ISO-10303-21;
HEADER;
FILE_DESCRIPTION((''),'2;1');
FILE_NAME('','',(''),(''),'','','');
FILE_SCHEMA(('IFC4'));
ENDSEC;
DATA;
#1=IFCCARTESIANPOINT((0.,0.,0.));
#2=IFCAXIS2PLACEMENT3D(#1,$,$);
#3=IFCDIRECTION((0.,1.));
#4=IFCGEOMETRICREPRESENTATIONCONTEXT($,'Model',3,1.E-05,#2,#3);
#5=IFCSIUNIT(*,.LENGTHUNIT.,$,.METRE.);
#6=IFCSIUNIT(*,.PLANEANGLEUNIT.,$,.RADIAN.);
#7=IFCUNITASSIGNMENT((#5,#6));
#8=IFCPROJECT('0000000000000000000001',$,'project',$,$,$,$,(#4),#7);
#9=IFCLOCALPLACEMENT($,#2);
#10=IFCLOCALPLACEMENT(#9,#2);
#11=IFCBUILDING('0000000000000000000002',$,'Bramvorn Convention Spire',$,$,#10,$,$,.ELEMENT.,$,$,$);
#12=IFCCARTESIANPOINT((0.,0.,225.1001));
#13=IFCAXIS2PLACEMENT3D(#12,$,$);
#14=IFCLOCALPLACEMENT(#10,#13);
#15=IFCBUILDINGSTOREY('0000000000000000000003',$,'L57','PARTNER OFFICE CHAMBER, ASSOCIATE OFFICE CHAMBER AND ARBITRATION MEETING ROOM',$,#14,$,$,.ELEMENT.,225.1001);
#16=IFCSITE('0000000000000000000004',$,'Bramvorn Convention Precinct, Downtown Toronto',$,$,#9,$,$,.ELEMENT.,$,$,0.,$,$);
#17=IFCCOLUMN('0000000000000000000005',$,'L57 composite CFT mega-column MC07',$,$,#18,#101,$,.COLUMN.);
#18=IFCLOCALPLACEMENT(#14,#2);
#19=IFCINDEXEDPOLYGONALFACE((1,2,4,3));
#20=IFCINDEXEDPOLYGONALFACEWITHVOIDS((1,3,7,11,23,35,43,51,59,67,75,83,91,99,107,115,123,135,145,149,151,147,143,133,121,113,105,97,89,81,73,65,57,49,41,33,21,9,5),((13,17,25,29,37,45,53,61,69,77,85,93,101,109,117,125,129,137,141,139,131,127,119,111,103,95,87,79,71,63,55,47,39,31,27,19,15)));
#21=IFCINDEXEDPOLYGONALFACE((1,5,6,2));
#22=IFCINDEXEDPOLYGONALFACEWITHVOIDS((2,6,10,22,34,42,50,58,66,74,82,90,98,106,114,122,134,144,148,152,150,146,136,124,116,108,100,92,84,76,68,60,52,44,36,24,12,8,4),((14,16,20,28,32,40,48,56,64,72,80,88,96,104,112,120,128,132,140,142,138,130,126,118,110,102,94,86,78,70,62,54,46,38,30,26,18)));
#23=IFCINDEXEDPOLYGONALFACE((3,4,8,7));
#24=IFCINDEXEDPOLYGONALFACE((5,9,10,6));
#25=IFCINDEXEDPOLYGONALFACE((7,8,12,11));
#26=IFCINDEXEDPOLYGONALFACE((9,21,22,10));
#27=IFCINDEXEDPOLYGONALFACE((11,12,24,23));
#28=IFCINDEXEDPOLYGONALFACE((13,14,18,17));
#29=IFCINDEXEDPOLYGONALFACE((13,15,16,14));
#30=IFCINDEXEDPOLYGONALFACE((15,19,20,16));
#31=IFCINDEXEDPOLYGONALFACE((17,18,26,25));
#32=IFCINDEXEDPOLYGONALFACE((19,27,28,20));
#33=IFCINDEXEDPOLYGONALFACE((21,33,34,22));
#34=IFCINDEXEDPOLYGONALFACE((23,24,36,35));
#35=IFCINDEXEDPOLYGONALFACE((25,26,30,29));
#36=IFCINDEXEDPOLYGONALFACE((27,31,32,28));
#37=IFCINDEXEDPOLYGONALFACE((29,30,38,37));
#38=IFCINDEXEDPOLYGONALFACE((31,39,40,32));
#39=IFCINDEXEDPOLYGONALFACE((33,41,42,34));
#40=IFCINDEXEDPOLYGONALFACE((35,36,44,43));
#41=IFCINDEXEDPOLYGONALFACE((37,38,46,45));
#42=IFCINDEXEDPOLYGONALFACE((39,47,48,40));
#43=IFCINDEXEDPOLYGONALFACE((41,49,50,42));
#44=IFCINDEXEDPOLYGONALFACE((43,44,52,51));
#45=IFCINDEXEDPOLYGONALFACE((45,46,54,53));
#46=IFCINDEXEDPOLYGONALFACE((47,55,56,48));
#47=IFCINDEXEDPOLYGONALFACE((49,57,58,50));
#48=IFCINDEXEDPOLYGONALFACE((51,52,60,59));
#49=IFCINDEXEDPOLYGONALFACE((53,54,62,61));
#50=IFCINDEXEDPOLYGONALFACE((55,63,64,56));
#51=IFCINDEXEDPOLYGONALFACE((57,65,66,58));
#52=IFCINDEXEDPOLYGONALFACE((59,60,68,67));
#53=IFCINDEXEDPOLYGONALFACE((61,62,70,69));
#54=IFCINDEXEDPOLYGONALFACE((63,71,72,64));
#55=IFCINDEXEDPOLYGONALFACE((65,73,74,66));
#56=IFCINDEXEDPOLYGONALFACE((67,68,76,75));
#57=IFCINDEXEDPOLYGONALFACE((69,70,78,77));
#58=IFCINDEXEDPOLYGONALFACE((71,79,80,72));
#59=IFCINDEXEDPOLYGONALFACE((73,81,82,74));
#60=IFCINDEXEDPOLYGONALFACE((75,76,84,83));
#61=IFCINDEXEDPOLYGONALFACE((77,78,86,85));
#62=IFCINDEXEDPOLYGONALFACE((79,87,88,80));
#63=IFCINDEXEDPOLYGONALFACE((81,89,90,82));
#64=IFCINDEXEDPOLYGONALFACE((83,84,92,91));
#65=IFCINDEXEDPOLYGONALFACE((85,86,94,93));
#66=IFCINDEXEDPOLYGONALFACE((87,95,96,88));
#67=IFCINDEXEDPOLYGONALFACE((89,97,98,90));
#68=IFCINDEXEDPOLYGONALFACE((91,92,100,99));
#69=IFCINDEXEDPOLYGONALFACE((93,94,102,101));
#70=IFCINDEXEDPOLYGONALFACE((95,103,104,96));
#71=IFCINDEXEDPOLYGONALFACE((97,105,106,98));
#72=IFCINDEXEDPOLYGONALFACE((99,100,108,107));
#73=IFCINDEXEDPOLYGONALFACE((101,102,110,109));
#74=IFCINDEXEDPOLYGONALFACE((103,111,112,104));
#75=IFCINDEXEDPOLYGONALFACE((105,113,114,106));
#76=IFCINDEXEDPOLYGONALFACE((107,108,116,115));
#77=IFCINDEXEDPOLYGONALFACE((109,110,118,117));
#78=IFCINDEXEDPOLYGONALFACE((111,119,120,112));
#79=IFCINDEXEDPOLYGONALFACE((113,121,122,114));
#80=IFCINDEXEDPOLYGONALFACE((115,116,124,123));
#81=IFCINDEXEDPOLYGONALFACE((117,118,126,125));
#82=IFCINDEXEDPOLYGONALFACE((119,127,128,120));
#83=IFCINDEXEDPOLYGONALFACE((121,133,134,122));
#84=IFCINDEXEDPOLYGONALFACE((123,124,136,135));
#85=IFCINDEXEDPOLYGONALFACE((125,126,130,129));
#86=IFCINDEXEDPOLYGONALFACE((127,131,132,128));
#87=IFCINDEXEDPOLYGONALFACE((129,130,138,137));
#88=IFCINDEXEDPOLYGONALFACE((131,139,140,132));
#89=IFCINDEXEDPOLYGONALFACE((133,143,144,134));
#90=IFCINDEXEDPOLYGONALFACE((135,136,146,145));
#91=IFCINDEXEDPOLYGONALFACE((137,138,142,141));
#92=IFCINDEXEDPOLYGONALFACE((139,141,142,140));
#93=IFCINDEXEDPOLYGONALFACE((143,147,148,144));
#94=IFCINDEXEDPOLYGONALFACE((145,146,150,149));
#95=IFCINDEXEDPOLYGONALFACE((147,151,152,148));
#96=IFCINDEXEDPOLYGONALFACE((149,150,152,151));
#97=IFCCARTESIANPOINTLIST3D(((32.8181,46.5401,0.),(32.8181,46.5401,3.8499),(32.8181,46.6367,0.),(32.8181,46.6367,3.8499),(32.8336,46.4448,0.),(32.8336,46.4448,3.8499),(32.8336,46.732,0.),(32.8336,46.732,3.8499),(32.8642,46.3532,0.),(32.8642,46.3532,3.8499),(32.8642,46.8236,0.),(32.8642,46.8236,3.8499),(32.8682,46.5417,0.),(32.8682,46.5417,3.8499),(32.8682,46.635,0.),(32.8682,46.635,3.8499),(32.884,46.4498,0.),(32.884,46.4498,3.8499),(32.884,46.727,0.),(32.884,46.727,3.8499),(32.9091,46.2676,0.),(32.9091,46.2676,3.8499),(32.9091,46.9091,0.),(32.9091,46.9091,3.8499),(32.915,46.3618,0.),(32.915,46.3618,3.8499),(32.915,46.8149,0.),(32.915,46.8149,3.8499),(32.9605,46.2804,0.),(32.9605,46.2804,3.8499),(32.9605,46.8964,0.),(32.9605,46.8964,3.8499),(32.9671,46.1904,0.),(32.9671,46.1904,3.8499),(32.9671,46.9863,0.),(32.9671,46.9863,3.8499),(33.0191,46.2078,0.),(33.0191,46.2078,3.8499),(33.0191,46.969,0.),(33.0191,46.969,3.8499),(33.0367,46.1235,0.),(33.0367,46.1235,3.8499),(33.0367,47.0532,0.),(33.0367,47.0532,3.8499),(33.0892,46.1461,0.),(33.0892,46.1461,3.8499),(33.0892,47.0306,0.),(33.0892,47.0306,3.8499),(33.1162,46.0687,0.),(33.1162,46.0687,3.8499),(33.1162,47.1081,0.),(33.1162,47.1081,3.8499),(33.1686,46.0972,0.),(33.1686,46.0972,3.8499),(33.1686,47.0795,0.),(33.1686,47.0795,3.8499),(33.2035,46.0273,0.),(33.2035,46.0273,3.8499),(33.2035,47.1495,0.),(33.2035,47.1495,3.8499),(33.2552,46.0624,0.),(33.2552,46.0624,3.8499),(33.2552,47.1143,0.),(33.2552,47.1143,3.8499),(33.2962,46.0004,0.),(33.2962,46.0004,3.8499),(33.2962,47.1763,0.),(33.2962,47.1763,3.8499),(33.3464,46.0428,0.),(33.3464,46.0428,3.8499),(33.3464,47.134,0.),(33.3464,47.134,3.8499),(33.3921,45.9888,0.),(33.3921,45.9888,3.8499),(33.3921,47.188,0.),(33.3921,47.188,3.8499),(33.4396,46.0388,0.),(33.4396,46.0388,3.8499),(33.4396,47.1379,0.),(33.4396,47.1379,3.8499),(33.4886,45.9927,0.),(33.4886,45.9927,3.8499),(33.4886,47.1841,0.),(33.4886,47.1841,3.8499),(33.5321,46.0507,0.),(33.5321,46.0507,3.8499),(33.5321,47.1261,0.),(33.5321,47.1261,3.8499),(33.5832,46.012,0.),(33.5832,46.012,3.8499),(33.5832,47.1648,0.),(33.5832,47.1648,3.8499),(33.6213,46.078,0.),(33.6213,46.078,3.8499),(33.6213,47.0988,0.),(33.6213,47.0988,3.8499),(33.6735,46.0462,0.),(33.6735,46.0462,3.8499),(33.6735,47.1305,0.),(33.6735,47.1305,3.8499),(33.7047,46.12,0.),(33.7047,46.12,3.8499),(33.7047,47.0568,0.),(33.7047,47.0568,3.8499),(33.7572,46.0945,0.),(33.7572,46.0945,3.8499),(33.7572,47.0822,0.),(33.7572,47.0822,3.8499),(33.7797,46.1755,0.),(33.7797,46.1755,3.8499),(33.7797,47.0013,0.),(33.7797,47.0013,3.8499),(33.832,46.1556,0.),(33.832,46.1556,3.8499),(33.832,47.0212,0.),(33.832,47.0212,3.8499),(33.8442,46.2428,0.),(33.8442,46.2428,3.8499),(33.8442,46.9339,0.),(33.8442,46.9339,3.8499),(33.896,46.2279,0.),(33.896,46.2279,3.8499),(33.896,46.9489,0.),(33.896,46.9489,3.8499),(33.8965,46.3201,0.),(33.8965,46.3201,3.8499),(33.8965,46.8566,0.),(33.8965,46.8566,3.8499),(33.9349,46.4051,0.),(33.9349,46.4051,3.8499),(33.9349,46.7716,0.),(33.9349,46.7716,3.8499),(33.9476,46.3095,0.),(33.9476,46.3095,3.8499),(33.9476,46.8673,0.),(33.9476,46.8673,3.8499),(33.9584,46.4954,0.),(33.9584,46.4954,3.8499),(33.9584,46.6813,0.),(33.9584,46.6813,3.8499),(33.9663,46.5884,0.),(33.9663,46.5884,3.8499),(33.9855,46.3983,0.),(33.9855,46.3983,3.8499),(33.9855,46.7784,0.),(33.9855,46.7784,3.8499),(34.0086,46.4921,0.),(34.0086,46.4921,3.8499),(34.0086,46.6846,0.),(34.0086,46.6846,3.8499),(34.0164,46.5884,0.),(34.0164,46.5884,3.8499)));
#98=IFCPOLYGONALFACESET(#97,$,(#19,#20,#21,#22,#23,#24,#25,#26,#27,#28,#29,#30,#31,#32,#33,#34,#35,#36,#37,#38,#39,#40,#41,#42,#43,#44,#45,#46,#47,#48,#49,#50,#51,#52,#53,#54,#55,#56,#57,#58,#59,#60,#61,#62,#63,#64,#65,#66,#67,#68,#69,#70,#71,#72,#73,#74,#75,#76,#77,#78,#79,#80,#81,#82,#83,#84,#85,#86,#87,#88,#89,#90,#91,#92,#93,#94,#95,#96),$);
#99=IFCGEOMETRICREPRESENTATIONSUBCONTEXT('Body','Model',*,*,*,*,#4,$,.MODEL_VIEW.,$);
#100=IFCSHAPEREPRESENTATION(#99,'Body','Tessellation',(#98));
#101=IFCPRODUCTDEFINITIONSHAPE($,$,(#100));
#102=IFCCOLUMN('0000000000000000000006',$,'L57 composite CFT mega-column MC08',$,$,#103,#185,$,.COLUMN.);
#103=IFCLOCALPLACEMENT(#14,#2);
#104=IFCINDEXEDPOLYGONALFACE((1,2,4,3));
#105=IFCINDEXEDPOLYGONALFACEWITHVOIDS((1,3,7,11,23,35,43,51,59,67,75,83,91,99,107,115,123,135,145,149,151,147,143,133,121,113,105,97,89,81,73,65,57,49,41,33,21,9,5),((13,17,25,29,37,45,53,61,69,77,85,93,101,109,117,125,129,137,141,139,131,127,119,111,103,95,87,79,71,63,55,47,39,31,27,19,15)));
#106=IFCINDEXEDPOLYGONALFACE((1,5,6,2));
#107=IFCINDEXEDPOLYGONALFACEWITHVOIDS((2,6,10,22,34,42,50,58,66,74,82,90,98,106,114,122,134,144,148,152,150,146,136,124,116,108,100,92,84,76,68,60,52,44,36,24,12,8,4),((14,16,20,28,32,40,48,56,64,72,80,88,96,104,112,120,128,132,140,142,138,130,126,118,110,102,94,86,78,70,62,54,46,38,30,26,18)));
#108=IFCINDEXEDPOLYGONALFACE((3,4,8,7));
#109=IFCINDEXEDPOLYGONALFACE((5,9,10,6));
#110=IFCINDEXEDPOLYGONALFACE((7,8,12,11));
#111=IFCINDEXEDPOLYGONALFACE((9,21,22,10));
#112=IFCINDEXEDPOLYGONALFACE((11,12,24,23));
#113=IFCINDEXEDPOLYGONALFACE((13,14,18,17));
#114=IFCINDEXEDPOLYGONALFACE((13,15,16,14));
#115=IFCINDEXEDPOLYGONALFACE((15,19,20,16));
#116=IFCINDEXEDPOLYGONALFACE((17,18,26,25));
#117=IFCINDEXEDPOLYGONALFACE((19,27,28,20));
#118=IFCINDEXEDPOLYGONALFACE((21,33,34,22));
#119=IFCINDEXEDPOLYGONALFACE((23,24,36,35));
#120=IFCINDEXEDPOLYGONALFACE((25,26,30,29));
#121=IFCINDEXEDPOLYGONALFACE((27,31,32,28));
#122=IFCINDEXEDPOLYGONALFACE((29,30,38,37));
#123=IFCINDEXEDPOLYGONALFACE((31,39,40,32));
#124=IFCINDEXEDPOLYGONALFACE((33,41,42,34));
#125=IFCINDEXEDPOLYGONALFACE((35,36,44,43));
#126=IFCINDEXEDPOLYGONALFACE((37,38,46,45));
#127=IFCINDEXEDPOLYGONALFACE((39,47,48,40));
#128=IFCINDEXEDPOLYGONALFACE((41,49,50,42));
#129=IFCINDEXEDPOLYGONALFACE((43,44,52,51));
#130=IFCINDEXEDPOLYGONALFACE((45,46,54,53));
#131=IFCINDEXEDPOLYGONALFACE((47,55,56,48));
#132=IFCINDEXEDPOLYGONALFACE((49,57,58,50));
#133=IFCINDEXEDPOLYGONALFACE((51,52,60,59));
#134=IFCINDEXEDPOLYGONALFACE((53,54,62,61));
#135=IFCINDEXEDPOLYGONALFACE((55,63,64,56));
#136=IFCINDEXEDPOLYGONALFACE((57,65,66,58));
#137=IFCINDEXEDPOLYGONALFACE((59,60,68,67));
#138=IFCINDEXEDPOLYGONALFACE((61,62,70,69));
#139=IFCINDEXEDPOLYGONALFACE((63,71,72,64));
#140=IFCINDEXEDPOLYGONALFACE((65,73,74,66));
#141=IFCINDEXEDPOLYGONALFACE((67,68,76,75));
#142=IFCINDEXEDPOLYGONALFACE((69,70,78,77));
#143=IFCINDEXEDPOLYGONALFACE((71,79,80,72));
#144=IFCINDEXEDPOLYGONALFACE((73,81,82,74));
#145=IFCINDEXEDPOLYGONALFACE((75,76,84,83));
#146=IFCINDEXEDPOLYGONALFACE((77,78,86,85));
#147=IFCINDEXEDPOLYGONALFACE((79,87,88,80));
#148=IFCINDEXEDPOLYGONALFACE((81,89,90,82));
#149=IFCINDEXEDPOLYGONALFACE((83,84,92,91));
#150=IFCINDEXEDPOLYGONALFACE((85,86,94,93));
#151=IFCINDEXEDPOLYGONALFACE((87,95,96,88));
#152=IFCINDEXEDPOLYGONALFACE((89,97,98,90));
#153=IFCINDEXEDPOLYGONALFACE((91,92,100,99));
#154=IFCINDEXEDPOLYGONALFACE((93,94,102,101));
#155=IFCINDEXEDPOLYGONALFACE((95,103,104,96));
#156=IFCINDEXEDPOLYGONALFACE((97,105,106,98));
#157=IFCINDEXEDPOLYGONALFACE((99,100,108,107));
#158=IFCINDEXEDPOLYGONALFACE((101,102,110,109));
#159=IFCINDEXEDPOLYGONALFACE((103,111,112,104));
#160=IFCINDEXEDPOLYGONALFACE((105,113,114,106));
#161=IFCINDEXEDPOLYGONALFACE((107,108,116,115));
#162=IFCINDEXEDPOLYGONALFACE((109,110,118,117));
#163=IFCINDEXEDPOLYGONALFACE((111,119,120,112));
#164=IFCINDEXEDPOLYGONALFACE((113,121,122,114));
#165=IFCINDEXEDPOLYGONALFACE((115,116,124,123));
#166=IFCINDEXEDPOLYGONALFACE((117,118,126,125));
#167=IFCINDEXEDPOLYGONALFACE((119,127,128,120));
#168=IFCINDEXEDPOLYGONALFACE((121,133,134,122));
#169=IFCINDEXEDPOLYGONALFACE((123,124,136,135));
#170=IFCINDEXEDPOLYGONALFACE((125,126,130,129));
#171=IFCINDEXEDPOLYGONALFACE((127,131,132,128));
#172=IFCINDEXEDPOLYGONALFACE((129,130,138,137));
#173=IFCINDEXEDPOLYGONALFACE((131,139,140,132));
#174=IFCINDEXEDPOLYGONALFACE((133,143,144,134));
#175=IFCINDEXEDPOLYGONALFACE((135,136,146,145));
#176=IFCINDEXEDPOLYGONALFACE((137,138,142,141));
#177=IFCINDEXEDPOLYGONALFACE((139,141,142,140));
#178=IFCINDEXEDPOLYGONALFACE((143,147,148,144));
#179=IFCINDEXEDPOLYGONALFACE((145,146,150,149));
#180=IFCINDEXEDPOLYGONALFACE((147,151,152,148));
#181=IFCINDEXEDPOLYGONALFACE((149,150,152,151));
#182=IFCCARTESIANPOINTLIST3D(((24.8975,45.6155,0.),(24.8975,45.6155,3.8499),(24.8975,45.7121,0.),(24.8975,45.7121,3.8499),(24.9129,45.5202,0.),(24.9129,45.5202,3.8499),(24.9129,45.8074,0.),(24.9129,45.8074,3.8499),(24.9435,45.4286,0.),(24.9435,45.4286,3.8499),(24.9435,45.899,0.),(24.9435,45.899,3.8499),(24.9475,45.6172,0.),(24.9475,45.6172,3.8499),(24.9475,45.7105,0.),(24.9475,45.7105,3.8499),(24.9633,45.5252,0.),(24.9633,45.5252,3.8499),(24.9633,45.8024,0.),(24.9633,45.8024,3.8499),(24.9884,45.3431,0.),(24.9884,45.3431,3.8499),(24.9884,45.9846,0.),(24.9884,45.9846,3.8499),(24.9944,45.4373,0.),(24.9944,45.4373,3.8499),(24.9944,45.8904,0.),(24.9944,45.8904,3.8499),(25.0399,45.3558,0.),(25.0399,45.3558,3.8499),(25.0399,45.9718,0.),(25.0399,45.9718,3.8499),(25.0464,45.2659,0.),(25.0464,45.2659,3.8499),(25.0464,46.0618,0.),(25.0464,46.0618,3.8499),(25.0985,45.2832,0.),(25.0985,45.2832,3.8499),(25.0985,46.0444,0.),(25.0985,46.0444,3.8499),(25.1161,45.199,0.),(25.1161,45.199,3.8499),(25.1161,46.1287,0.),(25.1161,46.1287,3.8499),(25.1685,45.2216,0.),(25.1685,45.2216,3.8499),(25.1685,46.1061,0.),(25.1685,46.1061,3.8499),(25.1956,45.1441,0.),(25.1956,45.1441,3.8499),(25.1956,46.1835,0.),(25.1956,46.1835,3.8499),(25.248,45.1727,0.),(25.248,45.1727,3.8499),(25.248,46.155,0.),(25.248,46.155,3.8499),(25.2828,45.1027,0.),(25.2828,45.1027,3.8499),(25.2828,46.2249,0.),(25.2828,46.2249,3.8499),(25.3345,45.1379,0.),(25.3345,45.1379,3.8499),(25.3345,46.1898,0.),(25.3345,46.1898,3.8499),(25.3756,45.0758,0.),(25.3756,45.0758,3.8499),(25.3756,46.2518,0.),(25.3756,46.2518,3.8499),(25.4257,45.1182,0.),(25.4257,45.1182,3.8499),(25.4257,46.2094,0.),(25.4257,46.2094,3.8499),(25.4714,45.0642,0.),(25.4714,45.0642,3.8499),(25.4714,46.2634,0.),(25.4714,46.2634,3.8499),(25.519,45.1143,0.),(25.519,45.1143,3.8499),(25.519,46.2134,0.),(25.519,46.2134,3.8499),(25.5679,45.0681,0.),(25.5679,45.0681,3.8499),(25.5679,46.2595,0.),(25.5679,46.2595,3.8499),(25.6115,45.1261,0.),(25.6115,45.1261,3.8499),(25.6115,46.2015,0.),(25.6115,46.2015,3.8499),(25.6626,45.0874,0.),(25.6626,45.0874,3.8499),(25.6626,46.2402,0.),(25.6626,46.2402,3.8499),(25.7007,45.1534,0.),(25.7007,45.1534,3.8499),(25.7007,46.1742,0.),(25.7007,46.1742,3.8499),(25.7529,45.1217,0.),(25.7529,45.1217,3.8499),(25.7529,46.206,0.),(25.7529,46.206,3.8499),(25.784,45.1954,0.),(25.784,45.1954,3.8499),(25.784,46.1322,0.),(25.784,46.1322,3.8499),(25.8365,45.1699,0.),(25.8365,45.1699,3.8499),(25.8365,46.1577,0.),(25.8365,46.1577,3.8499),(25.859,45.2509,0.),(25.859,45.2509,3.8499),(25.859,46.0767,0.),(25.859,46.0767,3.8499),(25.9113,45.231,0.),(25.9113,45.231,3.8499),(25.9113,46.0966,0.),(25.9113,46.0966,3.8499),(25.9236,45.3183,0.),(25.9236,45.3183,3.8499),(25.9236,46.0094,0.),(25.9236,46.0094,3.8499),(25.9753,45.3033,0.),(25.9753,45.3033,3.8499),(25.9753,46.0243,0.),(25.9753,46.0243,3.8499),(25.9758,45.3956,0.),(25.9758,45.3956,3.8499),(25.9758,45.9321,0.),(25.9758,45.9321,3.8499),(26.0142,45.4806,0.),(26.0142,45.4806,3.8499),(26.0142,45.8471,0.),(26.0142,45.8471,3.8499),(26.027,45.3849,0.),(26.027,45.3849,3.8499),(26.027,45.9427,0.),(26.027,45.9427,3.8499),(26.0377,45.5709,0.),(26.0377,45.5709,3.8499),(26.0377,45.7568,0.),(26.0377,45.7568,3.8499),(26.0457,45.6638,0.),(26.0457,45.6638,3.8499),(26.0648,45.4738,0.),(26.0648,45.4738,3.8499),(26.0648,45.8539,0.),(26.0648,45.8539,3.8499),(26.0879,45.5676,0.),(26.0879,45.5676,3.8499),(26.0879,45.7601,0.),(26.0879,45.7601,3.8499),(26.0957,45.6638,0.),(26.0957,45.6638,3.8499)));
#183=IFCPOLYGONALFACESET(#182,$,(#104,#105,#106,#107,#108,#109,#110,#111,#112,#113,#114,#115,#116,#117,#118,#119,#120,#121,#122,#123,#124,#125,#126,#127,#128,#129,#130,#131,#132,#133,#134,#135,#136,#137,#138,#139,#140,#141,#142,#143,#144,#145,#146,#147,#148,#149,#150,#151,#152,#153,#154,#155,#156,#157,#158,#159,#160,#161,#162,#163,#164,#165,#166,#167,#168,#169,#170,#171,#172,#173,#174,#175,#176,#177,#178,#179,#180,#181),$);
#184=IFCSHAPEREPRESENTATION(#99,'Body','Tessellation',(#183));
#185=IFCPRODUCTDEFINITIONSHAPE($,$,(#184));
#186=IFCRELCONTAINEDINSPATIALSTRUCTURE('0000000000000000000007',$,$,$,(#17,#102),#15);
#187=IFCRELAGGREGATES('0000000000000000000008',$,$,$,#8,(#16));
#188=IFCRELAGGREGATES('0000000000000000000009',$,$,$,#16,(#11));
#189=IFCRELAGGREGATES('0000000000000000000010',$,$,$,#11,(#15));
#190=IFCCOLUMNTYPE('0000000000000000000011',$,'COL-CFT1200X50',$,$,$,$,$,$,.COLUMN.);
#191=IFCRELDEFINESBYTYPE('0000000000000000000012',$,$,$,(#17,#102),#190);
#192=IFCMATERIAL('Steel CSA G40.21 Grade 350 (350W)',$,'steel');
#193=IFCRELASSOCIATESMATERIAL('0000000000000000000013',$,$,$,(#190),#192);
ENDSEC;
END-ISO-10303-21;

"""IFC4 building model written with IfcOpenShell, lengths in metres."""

from ifc_helpers import new_model, si_unit, direction, frame, origin, origin_2d, place, context, subcontext, project, spatial, hollow_circle, extrude, material, material_profile, profile_set, type_object, element, save


model = new_model("IFC4")

# Units and contexts
model_context = context("Model", 3, precision=1e-05, world=origin(), true_north=direction((0.0, 1.0)))
body_context = subcontext(model_context, "Body", "Model", "MODEL_VIEW")
ifc_project = project(units=[si_unit("LENGTHUNIT", "METRE"), si_unit("PLANEANGLEUNIT", "RADIAN")], contexts=[model_context])

# Site, building, storey
site_placement = place(None, origin())
site = spatial("IfcSite", under=ifc_project, at=site_placement, Name="Bramvorn Convention Precinct, Downtown Toronto", CompositionType="ELEMENT", RefElevation=0.0)
building_placement = place(site_placement, origin())
building = spatial("IfcBuilding", under=site, at=building_placement, Name="Bramvorn Convention Spire", CompositionType="ELEMENT")
storey_placement = place(building_placement, frame((0.0, 0.0, 225.1001)))
storey = spatial("IfcBuildingStorey", under=building, at=storey_placement, Name="L57", Description="PARTNER OFFICE CHAMBER, ASSOCIATE OFFICE CHAMBER AND ARBITRATION MEETING ROOM", CompositionType="ELEMENT", Elevation=225.1001)

# Columns
ifc_material_1 = material(Name="Steel CSA G40.21 Grade 350 (350W)", Category="steel")
ifc_material_profile_1 = material_profile(ifc_material_1, hollow_circle(Radius=0.6001, WallThickness=0.05, at=origin_2d()))
ifc_profile_set_1 = profile_set([ifc_material_profile_1], Name="Steel CSA G40.21 Grade 350 (350W) - CFT1200X50")
column_type = type_object("IfcColumnType", Name="COL-CFT1200X50", PredefinedType="COLUMN", material=ifc_profile_set_1)
for number, where, z_axis, x_axis, name in (
    (1, (33.4163, 46.5884, 0.0), (0.0, 0.0, 1.0), (1.0, 0.0, 0.0), "L57 composite CFT mega-column MC07"),
    (2, (25.4956, 45.6638, 0.0), (0.0, 0.0, 1.0), (1.0, 0.0, 0.0), "L57 composite CFT mega-column MC08"),
):
    element("IfcColumn", number, at=place(storey_placement, frame(where, z_axis=z_axis, x_axis=x_axis)), inside=storey, type_object=column_type, Name=name, PredefinedType="COLUMN", context=body_context, shape_type="SweptSolid", body=[
        extrude(hollow_circle(Radius=0.6001, WallThickness=0.05, at=origin_2d()), origin(), (0.0, 0.0, 1.0), 3.8499),
    ])

save(model, "model.ifc")
